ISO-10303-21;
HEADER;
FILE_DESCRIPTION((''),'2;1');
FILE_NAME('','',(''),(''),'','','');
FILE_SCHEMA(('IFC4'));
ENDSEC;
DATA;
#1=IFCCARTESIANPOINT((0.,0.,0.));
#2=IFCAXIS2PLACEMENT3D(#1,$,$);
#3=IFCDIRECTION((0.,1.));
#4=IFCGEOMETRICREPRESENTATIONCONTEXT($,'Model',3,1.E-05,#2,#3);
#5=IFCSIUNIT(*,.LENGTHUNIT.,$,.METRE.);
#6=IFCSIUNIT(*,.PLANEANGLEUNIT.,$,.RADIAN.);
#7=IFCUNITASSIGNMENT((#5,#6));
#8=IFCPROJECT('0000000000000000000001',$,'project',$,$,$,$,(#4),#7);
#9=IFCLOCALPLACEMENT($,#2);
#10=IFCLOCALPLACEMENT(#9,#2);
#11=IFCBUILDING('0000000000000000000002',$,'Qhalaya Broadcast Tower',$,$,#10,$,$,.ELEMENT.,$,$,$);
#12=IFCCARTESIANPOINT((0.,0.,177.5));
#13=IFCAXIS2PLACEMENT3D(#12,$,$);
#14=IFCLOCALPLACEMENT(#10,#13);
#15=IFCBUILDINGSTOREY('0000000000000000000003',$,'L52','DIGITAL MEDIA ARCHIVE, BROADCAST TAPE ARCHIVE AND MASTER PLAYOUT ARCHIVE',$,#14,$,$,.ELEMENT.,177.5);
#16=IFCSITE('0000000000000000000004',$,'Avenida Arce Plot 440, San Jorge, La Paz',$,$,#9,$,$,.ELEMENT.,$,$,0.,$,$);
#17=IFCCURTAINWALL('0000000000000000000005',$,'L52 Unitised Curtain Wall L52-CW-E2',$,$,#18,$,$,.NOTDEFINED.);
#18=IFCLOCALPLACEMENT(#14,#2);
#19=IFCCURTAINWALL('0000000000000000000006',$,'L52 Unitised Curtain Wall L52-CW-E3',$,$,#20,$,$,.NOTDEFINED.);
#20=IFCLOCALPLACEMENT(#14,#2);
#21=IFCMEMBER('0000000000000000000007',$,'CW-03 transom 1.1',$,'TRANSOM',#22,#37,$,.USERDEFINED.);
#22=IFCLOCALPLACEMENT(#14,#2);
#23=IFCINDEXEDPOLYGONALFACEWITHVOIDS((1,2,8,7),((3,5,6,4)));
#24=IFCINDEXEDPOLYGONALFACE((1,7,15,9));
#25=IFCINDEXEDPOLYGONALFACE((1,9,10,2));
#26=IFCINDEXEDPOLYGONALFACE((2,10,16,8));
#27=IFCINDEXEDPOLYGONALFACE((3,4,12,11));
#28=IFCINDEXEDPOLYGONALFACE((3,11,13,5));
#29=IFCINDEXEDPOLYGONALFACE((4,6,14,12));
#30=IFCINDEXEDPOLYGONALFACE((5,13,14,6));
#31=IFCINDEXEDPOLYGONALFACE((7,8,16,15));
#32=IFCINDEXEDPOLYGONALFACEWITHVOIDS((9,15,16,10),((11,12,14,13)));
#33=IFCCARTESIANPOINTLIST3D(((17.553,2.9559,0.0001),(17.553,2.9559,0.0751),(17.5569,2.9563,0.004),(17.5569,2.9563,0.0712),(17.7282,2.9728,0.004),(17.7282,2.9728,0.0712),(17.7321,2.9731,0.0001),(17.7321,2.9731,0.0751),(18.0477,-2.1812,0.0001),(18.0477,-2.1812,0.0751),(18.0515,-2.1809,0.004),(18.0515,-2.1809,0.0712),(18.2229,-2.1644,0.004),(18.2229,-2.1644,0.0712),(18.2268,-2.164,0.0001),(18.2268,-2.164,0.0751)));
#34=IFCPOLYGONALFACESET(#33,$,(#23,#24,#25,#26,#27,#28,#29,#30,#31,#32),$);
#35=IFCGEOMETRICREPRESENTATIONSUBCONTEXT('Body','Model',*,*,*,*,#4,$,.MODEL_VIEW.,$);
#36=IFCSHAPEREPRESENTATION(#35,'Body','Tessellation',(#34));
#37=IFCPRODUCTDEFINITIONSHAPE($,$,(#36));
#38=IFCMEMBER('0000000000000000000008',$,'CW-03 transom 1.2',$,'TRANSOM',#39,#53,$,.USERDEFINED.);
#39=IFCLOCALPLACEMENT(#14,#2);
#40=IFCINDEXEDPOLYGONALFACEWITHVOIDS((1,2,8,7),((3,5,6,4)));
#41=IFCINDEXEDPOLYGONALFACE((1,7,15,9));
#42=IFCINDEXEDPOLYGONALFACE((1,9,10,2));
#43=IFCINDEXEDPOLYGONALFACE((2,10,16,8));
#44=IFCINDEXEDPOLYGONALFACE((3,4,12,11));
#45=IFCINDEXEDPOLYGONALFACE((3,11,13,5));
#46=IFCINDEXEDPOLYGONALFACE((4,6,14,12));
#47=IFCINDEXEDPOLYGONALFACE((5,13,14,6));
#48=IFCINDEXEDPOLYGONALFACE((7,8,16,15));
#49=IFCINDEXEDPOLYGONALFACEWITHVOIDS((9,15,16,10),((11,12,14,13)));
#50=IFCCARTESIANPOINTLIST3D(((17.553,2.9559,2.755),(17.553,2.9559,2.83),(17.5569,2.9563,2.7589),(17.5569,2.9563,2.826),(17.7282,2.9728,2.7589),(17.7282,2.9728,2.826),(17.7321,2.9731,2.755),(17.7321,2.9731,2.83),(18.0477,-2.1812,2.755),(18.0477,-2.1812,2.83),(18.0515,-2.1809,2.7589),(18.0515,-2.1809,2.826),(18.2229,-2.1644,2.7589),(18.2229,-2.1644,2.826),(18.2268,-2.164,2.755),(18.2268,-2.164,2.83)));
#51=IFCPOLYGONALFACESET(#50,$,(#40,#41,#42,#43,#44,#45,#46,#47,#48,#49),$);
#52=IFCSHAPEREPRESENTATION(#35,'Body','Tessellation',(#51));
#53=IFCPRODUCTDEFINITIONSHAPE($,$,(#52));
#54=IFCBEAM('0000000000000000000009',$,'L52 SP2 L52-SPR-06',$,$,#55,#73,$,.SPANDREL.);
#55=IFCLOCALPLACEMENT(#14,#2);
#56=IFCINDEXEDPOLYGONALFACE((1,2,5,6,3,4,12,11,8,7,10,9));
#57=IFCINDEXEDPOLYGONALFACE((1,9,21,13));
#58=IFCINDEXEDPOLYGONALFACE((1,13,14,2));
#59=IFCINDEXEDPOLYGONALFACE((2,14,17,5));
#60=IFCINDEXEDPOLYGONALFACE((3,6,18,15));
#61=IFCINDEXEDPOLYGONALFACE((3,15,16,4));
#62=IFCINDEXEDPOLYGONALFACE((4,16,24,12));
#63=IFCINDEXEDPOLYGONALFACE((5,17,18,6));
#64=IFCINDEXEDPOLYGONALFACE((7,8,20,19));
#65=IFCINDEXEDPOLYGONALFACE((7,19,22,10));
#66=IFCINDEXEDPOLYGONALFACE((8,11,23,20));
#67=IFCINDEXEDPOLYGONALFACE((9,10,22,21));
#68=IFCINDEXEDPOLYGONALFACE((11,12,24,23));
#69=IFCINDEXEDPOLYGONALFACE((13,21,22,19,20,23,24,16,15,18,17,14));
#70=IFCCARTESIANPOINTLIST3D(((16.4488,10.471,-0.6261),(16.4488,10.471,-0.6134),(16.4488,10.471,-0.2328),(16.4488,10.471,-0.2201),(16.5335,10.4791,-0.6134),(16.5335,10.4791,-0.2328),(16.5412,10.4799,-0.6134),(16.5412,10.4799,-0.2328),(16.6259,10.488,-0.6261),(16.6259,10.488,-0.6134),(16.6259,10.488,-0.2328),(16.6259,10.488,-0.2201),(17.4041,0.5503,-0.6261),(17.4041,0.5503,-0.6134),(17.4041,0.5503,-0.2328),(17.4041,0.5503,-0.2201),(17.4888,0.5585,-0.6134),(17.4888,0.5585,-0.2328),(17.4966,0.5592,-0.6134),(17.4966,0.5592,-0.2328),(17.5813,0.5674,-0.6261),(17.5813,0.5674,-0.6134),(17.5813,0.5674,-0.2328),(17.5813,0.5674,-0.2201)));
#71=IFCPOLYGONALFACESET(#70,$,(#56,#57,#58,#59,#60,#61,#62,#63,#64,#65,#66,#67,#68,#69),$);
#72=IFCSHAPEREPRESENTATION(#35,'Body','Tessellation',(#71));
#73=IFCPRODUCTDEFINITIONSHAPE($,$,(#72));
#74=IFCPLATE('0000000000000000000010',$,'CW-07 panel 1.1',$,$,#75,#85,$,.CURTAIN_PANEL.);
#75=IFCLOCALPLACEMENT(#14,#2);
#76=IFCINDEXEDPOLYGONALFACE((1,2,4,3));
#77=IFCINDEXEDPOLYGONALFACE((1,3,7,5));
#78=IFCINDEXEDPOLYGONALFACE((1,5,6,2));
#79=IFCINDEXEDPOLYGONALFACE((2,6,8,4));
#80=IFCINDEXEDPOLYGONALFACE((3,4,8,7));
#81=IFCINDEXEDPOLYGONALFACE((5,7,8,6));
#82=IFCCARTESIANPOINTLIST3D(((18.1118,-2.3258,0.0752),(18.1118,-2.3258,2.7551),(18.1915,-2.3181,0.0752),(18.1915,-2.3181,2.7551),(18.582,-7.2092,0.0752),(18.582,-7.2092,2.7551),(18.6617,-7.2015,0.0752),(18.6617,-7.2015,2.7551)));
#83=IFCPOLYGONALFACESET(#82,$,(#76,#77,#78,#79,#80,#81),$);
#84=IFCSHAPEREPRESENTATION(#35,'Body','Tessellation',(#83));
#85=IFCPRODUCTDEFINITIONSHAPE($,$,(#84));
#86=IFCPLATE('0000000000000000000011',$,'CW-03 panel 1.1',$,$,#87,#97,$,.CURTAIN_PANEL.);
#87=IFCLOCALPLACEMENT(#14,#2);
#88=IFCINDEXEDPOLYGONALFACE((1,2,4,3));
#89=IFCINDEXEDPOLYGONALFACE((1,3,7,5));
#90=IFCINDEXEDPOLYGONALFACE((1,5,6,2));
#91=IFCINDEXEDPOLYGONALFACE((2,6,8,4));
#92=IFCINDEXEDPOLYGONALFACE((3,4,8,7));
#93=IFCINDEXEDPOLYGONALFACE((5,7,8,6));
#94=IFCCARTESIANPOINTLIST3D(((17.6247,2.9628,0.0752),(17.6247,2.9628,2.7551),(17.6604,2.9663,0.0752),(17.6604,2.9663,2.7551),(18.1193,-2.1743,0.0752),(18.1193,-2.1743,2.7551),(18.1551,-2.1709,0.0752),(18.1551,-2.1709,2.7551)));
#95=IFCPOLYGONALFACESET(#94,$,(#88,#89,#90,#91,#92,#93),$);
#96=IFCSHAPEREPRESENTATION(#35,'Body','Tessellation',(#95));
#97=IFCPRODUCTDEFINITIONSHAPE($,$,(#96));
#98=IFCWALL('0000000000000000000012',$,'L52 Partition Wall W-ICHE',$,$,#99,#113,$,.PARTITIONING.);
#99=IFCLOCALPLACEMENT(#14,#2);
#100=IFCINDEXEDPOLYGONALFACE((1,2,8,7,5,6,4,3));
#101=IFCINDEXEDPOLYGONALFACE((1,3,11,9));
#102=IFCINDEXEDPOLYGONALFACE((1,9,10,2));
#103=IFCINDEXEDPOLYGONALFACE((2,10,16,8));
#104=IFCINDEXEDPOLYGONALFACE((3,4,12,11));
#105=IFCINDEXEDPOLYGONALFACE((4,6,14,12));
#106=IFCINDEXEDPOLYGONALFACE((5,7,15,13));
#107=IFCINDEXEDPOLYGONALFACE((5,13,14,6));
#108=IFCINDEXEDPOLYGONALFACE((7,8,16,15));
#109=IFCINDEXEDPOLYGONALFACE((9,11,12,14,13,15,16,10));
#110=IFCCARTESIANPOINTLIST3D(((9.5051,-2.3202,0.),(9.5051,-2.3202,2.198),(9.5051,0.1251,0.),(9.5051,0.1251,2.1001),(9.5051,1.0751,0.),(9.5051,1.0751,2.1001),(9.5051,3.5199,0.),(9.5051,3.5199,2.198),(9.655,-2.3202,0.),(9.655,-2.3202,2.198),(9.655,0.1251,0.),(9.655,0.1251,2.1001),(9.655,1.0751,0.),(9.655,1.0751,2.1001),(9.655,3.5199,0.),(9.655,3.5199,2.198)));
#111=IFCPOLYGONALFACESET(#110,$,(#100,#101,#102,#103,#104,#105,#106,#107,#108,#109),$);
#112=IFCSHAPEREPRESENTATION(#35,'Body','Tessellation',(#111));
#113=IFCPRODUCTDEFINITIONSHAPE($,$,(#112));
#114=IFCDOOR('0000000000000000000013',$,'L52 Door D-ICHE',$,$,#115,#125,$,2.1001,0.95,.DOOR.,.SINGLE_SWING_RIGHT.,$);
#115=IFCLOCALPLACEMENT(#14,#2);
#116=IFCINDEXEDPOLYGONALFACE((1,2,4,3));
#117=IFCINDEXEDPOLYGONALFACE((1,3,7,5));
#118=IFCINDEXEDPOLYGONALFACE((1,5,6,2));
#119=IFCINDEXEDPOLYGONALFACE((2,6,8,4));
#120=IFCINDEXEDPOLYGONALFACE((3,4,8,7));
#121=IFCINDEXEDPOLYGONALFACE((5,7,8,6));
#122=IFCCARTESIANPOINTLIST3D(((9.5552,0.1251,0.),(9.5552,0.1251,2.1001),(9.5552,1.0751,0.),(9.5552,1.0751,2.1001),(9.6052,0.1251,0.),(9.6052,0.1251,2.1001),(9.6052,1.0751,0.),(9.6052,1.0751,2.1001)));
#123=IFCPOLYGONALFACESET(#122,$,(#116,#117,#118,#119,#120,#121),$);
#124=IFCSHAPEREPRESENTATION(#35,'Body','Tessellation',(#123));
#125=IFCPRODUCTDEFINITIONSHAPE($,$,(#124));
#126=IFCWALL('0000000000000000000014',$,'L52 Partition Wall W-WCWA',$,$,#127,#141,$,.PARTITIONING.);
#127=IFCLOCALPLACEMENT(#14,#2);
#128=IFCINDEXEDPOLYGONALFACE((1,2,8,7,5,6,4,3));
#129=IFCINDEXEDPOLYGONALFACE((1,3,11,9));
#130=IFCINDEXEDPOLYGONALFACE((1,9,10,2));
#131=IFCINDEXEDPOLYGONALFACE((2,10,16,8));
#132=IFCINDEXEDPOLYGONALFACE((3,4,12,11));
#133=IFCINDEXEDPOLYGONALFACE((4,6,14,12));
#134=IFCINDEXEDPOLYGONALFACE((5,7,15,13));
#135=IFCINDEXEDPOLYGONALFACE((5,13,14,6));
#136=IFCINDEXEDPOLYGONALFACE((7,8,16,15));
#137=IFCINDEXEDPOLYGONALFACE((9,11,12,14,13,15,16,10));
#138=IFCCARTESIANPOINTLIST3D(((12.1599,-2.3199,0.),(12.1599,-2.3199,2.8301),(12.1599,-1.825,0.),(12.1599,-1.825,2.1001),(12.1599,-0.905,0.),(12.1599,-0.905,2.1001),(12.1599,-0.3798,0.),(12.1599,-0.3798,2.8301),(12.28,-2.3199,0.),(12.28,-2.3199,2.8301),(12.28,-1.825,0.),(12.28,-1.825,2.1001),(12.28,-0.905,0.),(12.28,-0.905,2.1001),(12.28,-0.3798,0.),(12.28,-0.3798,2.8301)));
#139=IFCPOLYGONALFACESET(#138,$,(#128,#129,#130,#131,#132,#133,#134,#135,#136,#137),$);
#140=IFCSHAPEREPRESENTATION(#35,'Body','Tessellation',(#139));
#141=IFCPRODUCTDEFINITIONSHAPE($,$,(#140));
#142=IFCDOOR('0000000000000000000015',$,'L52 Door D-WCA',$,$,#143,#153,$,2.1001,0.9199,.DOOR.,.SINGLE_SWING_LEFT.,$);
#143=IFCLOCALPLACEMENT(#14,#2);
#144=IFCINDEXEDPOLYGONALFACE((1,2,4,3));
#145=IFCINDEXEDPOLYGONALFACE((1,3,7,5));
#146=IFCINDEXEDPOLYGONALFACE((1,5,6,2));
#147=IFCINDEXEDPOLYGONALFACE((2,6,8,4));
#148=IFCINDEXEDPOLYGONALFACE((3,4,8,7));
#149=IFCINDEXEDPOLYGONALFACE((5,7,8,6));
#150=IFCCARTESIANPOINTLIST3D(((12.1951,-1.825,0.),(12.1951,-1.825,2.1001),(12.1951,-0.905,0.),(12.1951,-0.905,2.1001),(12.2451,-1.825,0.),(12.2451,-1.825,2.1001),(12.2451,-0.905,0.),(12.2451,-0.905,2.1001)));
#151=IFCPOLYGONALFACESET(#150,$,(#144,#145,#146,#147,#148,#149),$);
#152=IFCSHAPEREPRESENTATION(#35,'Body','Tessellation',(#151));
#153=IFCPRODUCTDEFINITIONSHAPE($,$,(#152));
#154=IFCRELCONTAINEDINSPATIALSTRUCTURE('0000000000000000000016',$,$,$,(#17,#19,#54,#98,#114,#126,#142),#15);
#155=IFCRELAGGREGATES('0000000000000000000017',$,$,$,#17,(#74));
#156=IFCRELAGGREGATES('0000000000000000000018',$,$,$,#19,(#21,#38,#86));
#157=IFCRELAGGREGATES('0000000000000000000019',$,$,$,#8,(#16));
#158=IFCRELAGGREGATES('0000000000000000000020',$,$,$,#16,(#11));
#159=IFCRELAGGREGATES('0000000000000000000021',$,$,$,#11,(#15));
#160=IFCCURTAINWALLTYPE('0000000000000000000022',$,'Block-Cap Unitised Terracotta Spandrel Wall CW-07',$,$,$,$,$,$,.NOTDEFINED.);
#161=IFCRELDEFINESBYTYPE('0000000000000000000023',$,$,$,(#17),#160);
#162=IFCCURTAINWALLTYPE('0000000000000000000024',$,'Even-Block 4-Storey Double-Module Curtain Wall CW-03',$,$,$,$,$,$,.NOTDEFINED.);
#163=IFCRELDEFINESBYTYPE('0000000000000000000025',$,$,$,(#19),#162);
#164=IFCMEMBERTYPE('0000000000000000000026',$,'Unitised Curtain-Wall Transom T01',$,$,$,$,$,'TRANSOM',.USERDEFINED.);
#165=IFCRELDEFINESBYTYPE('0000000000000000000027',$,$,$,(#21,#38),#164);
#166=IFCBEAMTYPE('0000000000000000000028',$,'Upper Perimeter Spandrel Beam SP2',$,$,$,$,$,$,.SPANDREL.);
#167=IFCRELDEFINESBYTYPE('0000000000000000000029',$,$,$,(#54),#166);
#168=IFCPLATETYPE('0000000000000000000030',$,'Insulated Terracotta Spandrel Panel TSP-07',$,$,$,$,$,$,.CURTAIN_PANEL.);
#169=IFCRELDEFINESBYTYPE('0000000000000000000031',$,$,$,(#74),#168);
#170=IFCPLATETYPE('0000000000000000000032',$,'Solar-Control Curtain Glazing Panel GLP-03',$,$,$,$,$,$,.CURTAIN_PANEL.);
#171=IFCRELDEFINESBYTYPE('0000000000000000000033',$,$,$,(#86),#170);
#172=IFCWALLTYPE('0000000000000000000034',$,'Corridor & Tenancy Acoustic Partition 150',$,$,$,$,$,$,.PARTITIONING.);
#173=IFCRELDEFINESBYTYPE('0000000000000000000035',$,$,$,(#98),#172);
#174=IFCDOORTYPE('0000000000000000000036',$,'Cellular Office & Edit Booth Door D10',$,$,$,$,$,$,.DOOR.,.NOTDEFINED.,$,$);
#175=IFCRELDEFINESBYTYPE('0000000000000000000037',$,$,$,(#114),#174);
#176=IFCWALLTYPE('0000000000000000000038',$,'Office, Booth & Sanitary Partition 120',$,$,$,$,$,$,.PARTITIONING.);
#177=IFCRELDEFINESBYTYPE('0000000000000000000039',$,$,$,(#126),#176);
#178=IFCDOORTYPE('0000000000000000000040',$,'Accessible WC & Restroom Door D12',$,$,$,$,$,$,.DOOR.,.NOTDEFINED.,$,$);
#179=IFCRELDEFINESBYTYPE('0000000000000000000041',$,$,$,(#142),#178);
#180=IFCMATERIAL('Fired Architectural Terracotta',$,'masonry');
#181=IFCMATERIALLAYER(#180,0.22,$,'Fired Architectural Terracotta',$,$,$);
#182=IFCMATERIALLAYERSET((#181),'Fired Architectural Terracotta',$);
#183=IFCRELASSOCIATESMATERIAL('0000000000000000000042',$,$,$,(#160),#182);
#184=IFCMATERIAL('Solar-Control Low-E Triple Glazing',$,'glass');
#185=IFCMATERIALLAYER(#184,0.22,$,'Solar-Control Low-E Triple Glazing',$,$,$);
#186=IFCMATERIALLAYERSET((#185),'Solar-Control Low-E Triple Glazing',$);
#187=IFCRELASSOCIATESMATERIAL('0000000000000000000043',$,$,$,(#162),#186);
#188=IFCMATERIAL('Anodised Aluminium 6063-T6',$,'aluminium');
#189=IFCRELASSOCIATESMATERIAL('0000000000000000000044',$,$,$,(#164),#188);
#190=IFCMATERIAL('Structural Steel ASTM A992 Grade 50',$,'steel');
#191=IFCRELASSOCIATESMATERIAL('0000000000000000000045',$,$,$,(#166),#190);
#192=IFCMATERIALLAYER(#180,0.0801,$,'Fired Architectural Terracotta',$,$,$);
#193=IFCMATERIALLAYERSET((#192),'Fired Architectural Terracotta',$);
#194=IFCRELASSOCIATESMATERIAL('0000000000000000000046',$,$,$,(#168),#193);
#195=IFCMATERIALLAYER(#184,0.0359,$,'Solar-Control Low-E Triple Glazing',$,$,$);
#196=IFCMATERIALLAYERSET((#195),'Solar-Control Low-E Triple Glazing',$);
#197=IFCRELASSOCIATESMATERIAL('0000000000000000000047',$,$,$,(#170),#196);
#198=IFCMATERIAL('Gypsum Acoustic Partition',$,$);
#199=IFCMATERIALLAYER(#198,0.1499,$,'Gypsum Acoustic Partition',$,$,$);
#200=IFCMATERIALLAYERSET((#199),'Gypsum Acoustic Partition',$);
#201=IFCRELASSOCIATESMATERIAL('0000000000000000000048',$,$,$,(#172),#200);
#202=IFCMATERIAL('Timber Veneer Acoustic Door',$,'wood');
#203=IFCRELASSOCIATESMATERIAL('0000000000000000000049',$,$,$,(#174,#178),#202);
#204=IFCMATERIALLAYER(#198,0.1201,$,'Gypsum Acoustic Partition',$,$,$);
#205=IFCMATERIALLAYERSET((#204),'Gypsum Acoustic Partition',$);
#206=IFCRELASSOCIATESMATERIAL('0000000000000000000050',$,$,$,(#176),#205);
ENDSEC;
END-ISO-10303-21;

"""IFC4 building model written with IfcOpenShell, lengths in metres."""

from ifc_helpers import new_model, si_unit, direction, frame, frame_2d, origin, origin_2d, place, context, subcontext, project, spatial, rectangle, hollow_rectangle, i_section, extrude, material, layer, layer_set, material_profile, profile_set, type_object, element, fill, aggregate, save


model = new_model("IFC4")

# Units and contexts
model_context = context("Model", 3, precision=1e-05, world=origin(), true_north=direction((0.0, 1.0)))
body_context = subcontext(model_context, "Body", "Model", "MODEL_VIEW")
ifc_project = project(units=[si_unit("LENGTHUNIT", "METRE"), si_unit("PLANEANGLEUNIT", "RADIAN")], contexts=[model_context])

# Site, building, storey
site_placement = place(None, origin())
site = spatial("IfcSite", under=ifc_project, at=site_placement, Name="Avenida Arce Plot 440, San Jorge, La Paz", CompositionType="ELEMENT", RefElevation=0.0)
building_placement = place(site_placement, origin())
building = spatial("IfcBuilding", under=site, at=building_placement, Name="Qhalaya Broadcast Tower", CompositionType="ELEMENT")
storey_placement = place(building_placement, frame((0.0, 0.0, 177.5)))
storey = spatial("IfcBuildingStorey", under=building, at=storey_placement, Name="L52", Description="DIGITAL MEDIA ARCHIVE, BROADCAST TAPE ARCHIVE AND MASTER PLAYOUT ARCHIVE", CompositionType="ELEMENT", Elevation=177.5)

# Shared definitions
ifc_material_1 = material(Name="Structural Steel ASTM A992 Grade 50", Category="steel")

# Curtain walls
ifc_material_2 = material(Name="Fired Architectural Terracotta", Category="masonry")
ifc_layer_1 = layer(ifc_material_2, 0.22, Name="Fired Architectural Terracotta")
ifc_layer_set_1 = layer_set([ifc_layer_1], Name="Fired Architectural Terracotta")
curtain_wall_type_1 = type_object("IfcCurtainWallType", Name="Block-Cap Unitised Terracotta Spandrel Wall CW-07", PredefinedType="NOTDEFINED", material=ifc_layer_set_1)
curtain_wall_1_placement = place(storey_placement, origin())
curtain_wall_1 = element("IfcCurtainWall", 1, at=curtain_wall_1_placement, inside=storey, type_object=curtain_wall_type_1, Name="L52 Unitised Curtain Wall L52-CW-E2", PredefinedType="NOTDEFINED")
ifc_material_3 = material(Name="Anodised Aluminium 6063-T6", Category="aluminium")
ifc_material_4 = material(Name="Solar-Control Low-E Triple Glazing", Category="glass")
ifc_layer_2 = layer(ifc_material_4, 0.22, Name="Solar-Control Low-E Triple Glazing")
ifc_layer_set_2 = layer_set([ifc_layer_2], Name="Solar-Control Low-E Triple Glazing")
curtain_wall_type_2 = type_object("IfcCurtainWallType", Name="Even-Block 4-Storey Double-Module Curtain Wall CW-03", PredefinedType="NOTDEFINED", material=ifc_layer_set_2)
curtain_wall_2_placement = place(storey_placement, origin())
curtain_wall_2 = element("IfcCurtainWall", 2, at=curtain_wall_2_placement, inside=storey, type_object=curtain_wall_type_2, Name="L52 Unitised Curtain Wall L52-CW-E3", PredefinedType="NOTDEFINED")

# Members
ifc_material_profile_1 = material_profile(ifc_material_3, hollow_rectangle(XDim=0.075, YDim=0.1799, WallThickness=0.0039, at=origin_2d()), Name="ALU-TRN 75x180x4")
ifc_profile_set_1 = profile_set([ifc_material_profile_1], Name="Anodised Aluminium 6063-T6")
member_type_1 = type_object("IfcMemberType", Name="Unitised Curtain-Wall Transom T01", ElementType="TRANSOM", PredefinedType="USERDEFINED", material=ifc_profile_set_1)
member_1_placement = place(storey_placement, frame((18.1372, -2.1726, 0.0376), z_axis=(-0.09584, 0.995397, 0.0), x_axis=(0.0, 0.0, 1.0)))
member_1 = element("IfcMember", 3, at=member_1_placement, type_object=member_type_1, Name="CW-03 transom 1.1", ObjectType="TRANSOM", PredefinedType="USERDEFINED", context=body_context, shape_type="SweptSolid", body=[
    extrude(hollow_rectangle(XDim=0.075, YDim=0.1799, WallThickness=0.0039, at=origin_2d()), origin(), (0.0, 0.0, 1.0), 5.1609),
])
member_2_placement = place(storey_placement, frame((18.1372, -2.1726, 2.7925), z_axis=(-0.09584, 0.995397, 0.0), x_axis=(0.0, 0.0, 1.0)))
member_2 = element("IfcMember", 4, at=member_2_placement, type_object=member_type_1, Name="CW-03 transom 1.2", ObjectType="TRANSOM", PredefinedType="USERDEFINED", context=body_context, shape_type="SweptSolid", body=[
    extrude(hollow_rectangle(XDim=0.075, YDim=0.1799, WallThickness=0.0039, at=origin_2d()), origin(), (0.0, 0.0, 1.0), 5.1609),
])

# Beam
ifc_material_profile_2 = material_profile(ifc_material_1, i_section(OverallWidth=0.178, OverallDepth=0.406, WebThickness=0.0078, FlangeThickness=0.0127, at=origin_2d()), Name="W16X40")
ifc_profile_set_2 = profile_set([ifc_material_profile_2], Name="Structural Steel ASTM A992 Grade 50")
beam_type_1 = type_object("IfcBeamType", Name="Upper Perimeter Spandrel Beam SP2", PredefinedType="SPANDREL", material=ifc_profile_set_2)
beam_1_placement = place(storey_placement, frame((17.4927, 0.5588, -0.4231), z_axis=(-0.095853, 0.995396, 0.0), x_axis=(-0.995396, -0.095853, 0.0)))
element("IfcBeam", 5, at=beam_1_placement, inside=storey, type_object=beam_type_1, Name="L52 SP2 L52-SPR-06", PredefinedType="SPANDREL", context=body_context, shape_type="SweptSolid", body=[
    extrude(i_section(OverallWidth=0.178, OverallDepth=0.406, WebThickness=0.0078, FlangeThickness=0.0127, at=origin_2d()), origin(), (0.0, 0.0, 1.0), 9.9666),
])

# Plates
ifc_layer_3 = layer(ifc_material_2, 0.0801, Name="Fired Architectural Terracotta")
ifc_layer_set_3 = layer_set([ifc_layer_3], Name="Fired Architectural Terracotta")
plate_type_1 = type_object("IfcPlateType", Name="Insulated Terracotta Spandrel Panel TSP-07", PredefinedType="CURTAIN_PANEL", material=ifc_layer_set_3)
plate_1_placement = place(storey_placement, frame((18.3867, -4.7637, 0.0752), z_axis=(0.0, 0.0, 1.0), x_axis=(-0.095845, 0.995396, 0.0)))
plate_1 = element("IfcPlate", 6, at=plate_1_placement, type_object=plate_type_1, Name="CW-07 panel 1.1", PredefinedType="CURTAIN_PANEL", context=body_context, shape_type="SweptSolid", body=[
    extrude(rectangle(XDim=4.906, YDim=0.0801, at=origin_2d()), origin(), (0.0, 0.0, 1.0), 2.6799),
])
aggregate(curtain_wall_1, [plate_1])
ifc_layer_4 = layer(ifc_material_4, 0.0359, Name="Solar-Control Low-E Triple Glazing")
ifc_layer_set_4 = layer_set([ifc_layer_4], Name="Solar-Control Low-E Triple Glazing")
plate_type_2 = type_object("IfcPlateType", Name="Solar-Control Curtain Glazing Panel GLP-03", PredefinedType="CURTAIN_PANEL", material=ifc_layer_set_4)
plate_2_placement = place(storey_placement, frame((17.8899, 0.396, 0.0752), z_axis=(0.0, 0.0, 1.0), x_axis=(-0.09584, 0.995397, 0.0)))
plate_2 = element("IfcPlate", 7, at=plate_2_placement, type_object=plate_type_2, Name="CW-03 panel 1.1", PredefinedType="CURTAIN_PANEL", context=body_context, shape_type="SweptSolid", body=[
    extrude(rectangle(XDim=5.1609, YDim=0.0359, at=origin_2d()), origin(), (0.0, 0.0, 1.0), 2.6799),
])
aggregate(curtain_wall_2, [member_1, member_2, plate_2])

# Walls, openings, doors
ifc_material_5 = material(Name="Gypsum Acoustic Partition")
ifc_layer_5 = layer(ifc_material_5, 0.1499, Name="Gypsum Acoustic Partition")
ifc_layer_set_5 = layer_set([ifc_layer_5], Name="Gypsum Acoustic Partition")
wall_type_1 = type_object("IfcWallType", Name="Corridor & Tenancy Acoustic Partition 150", PredefinedType="PARTITIONING", material=ifc_layer_set_5)
wall_1_placement = place(storey_placement, frame((9.5801, -2.3201, 0.0), z_axis=(0.0, 0.0, 1.0), x_axis=(0.0, 1.0, 0.0)))
wall_1 = element("IfcWall", 8, at=wall_1_placement, inside=storey, type_object=wall_type_1, Name="L52 Partition Wall W-ICHE", PredefinedType="PARTITIONING", context=body_context, shape_type="SweptSolid", body=[
    extrude(rectangle(XDim=5.8401, YDim=0.1499, at=frame_2d((2.9199, 0.0))), origin(), (0.0, 0.0, 1.0), 2.198),
])
opening_1_placement = place(wall_1_placement, frame((2.4451, 0.0, 0.0)))
opening_1 = element("IfcOpeningElement", 9, at=opening_1_placement, cuts=wall_1, PredefinedType="OPENING", context=body_context, shape_type="SweptSolid", body=[
    extrude(rectangle(XDim=0.95, YDim=2.1001, at=frame_2d((0.4751, 1.05))), frame((0.0, 0.0869, 0.0), z_axis=(0.0, -1.0, 0.0), x_axis=(1.0, 0.0, 0.0)), (0.0, 0.0, 1.0), 0.1738),
])
ifc_material_6 = material(Name="Timber Veneer Acoustic Door", Category="wood")
door_type_1 = type_object("IfcDoorType", Name="Cellular Office & Edit Booth Door D10", OperationType="NOTDEFINED", PredefinedType="DOOR", material=ifc_material_6)
door_1_placement = place(opening_1_placement, origin())
door_1 = element("IfcDoor", 10, at=door_1_placement, inside=storey, type_object=door_type_1, Name="L52 Door D-ICHE", OperationType="SINGLE_SWING_RIGHT", OverallHeight=2.1001, OverallWidth=0.95, PredefinedType="DOOR", context=body_context, shape_type="SweptSolid", body=[
    extrude(rectangle(XDim=0.95, YDim=2.1001, at=frame_2d((0.4751, 1.05))), frame((0.0, 0.0249, 0.0), z_axis=(0.0, -1.0, 0.0), x_axis=(1.0, 0.0, 0.0)), (0.0, 0.0, 1.0), 0.05),
])
fill(opening_1, door_1)
ifc_layer_6 = layer(ifc_material_5, 0.1201, Name="Gypsum Acoustic Partition")
ifc_layer_set_6 = layer_set([ifc_layer_6], Name="Gypsum Acoustic Partition")
wall_type_2 = type_object("IfcWallType", Name="Office, Booth & Sanitary Partition 120", PredefinedType="PARTITIONING", material=ifc_layer_set_6)
wall_2_placement = place(storey_placement, frame((12.22, -2.3201, 0.0), z_axis=(0.0, 0.0, 1.0), x_axis=(0.0, 1.0, 0.0)))
wall_2 = element("IfcWall", 11, at=wall_2_placement, inside=storey, type_object=wall_type_2, Name="L52 Partition Wall W-WCWA", PredefinedType="PARTITIONING", context=body_context, shape_type="SweptSolid", body=[
    extrude(rectangle(XDim=1.9402, YDim=0.1201, at=frame_2d((0.9702, 0.0))), origin(), (0.0, 0.0, 1.0), 2.8301),
])
opening_2_placement = place(wall_2_placement, frame((0.4951, 0.0, 0.0)))
opening_2 = element("IfcOpeningElement", 12, at=opening_2_placement, cuts=wall_2, PredefinedType="OPENING", context=body_context, shape_type="SweptSolid", body=[
    extrude(rectangle(XDim=0.9199, YDim=2.1001, at=frame_2d((0.46, 1.05))), frame((0.0, 0.072, 0.0), z_axis=(0.0, -1.0, 0.0), x_axis=(1.0, 0.0, 0.0)), (0.0, 0.0, 1.0), 0.144),
])
door_type_2 = type_object("IfcDoorType", Name="Accessible WC & Restroom Door D12", OperationType="NOTDEFINED", PredefinedType="DOOR", material=ifc_material_6)
door_2_placement = place(opening_2_placement, origin())
door_2 = element("IfcDoor", 13, at=door_2_placement, inside=storey, type_object=door_type_2, Name="L52 Door D-WCA", OperationType="SINGLE_SWING_LEFT", OverallHeight=2.1001, OverallWidth=0.9199, PredefinedType="DOOR", context=body_context, shape_type="SweptSolid", body=[
    extrude(rectangle(XDim=0.9199, YDim=2.1001, at=frame_2d((0.46, 1.05))), frame((0.0, 0.0249, 0.0), z_axis=(0.0, -1.0, 0.0), x_axis=(1.0, 0.0, 0.0)), (0.0, 0.0, 1.0), 0.05),
])
fill(opening_2, door_2)

save(model, "model.ifc")
